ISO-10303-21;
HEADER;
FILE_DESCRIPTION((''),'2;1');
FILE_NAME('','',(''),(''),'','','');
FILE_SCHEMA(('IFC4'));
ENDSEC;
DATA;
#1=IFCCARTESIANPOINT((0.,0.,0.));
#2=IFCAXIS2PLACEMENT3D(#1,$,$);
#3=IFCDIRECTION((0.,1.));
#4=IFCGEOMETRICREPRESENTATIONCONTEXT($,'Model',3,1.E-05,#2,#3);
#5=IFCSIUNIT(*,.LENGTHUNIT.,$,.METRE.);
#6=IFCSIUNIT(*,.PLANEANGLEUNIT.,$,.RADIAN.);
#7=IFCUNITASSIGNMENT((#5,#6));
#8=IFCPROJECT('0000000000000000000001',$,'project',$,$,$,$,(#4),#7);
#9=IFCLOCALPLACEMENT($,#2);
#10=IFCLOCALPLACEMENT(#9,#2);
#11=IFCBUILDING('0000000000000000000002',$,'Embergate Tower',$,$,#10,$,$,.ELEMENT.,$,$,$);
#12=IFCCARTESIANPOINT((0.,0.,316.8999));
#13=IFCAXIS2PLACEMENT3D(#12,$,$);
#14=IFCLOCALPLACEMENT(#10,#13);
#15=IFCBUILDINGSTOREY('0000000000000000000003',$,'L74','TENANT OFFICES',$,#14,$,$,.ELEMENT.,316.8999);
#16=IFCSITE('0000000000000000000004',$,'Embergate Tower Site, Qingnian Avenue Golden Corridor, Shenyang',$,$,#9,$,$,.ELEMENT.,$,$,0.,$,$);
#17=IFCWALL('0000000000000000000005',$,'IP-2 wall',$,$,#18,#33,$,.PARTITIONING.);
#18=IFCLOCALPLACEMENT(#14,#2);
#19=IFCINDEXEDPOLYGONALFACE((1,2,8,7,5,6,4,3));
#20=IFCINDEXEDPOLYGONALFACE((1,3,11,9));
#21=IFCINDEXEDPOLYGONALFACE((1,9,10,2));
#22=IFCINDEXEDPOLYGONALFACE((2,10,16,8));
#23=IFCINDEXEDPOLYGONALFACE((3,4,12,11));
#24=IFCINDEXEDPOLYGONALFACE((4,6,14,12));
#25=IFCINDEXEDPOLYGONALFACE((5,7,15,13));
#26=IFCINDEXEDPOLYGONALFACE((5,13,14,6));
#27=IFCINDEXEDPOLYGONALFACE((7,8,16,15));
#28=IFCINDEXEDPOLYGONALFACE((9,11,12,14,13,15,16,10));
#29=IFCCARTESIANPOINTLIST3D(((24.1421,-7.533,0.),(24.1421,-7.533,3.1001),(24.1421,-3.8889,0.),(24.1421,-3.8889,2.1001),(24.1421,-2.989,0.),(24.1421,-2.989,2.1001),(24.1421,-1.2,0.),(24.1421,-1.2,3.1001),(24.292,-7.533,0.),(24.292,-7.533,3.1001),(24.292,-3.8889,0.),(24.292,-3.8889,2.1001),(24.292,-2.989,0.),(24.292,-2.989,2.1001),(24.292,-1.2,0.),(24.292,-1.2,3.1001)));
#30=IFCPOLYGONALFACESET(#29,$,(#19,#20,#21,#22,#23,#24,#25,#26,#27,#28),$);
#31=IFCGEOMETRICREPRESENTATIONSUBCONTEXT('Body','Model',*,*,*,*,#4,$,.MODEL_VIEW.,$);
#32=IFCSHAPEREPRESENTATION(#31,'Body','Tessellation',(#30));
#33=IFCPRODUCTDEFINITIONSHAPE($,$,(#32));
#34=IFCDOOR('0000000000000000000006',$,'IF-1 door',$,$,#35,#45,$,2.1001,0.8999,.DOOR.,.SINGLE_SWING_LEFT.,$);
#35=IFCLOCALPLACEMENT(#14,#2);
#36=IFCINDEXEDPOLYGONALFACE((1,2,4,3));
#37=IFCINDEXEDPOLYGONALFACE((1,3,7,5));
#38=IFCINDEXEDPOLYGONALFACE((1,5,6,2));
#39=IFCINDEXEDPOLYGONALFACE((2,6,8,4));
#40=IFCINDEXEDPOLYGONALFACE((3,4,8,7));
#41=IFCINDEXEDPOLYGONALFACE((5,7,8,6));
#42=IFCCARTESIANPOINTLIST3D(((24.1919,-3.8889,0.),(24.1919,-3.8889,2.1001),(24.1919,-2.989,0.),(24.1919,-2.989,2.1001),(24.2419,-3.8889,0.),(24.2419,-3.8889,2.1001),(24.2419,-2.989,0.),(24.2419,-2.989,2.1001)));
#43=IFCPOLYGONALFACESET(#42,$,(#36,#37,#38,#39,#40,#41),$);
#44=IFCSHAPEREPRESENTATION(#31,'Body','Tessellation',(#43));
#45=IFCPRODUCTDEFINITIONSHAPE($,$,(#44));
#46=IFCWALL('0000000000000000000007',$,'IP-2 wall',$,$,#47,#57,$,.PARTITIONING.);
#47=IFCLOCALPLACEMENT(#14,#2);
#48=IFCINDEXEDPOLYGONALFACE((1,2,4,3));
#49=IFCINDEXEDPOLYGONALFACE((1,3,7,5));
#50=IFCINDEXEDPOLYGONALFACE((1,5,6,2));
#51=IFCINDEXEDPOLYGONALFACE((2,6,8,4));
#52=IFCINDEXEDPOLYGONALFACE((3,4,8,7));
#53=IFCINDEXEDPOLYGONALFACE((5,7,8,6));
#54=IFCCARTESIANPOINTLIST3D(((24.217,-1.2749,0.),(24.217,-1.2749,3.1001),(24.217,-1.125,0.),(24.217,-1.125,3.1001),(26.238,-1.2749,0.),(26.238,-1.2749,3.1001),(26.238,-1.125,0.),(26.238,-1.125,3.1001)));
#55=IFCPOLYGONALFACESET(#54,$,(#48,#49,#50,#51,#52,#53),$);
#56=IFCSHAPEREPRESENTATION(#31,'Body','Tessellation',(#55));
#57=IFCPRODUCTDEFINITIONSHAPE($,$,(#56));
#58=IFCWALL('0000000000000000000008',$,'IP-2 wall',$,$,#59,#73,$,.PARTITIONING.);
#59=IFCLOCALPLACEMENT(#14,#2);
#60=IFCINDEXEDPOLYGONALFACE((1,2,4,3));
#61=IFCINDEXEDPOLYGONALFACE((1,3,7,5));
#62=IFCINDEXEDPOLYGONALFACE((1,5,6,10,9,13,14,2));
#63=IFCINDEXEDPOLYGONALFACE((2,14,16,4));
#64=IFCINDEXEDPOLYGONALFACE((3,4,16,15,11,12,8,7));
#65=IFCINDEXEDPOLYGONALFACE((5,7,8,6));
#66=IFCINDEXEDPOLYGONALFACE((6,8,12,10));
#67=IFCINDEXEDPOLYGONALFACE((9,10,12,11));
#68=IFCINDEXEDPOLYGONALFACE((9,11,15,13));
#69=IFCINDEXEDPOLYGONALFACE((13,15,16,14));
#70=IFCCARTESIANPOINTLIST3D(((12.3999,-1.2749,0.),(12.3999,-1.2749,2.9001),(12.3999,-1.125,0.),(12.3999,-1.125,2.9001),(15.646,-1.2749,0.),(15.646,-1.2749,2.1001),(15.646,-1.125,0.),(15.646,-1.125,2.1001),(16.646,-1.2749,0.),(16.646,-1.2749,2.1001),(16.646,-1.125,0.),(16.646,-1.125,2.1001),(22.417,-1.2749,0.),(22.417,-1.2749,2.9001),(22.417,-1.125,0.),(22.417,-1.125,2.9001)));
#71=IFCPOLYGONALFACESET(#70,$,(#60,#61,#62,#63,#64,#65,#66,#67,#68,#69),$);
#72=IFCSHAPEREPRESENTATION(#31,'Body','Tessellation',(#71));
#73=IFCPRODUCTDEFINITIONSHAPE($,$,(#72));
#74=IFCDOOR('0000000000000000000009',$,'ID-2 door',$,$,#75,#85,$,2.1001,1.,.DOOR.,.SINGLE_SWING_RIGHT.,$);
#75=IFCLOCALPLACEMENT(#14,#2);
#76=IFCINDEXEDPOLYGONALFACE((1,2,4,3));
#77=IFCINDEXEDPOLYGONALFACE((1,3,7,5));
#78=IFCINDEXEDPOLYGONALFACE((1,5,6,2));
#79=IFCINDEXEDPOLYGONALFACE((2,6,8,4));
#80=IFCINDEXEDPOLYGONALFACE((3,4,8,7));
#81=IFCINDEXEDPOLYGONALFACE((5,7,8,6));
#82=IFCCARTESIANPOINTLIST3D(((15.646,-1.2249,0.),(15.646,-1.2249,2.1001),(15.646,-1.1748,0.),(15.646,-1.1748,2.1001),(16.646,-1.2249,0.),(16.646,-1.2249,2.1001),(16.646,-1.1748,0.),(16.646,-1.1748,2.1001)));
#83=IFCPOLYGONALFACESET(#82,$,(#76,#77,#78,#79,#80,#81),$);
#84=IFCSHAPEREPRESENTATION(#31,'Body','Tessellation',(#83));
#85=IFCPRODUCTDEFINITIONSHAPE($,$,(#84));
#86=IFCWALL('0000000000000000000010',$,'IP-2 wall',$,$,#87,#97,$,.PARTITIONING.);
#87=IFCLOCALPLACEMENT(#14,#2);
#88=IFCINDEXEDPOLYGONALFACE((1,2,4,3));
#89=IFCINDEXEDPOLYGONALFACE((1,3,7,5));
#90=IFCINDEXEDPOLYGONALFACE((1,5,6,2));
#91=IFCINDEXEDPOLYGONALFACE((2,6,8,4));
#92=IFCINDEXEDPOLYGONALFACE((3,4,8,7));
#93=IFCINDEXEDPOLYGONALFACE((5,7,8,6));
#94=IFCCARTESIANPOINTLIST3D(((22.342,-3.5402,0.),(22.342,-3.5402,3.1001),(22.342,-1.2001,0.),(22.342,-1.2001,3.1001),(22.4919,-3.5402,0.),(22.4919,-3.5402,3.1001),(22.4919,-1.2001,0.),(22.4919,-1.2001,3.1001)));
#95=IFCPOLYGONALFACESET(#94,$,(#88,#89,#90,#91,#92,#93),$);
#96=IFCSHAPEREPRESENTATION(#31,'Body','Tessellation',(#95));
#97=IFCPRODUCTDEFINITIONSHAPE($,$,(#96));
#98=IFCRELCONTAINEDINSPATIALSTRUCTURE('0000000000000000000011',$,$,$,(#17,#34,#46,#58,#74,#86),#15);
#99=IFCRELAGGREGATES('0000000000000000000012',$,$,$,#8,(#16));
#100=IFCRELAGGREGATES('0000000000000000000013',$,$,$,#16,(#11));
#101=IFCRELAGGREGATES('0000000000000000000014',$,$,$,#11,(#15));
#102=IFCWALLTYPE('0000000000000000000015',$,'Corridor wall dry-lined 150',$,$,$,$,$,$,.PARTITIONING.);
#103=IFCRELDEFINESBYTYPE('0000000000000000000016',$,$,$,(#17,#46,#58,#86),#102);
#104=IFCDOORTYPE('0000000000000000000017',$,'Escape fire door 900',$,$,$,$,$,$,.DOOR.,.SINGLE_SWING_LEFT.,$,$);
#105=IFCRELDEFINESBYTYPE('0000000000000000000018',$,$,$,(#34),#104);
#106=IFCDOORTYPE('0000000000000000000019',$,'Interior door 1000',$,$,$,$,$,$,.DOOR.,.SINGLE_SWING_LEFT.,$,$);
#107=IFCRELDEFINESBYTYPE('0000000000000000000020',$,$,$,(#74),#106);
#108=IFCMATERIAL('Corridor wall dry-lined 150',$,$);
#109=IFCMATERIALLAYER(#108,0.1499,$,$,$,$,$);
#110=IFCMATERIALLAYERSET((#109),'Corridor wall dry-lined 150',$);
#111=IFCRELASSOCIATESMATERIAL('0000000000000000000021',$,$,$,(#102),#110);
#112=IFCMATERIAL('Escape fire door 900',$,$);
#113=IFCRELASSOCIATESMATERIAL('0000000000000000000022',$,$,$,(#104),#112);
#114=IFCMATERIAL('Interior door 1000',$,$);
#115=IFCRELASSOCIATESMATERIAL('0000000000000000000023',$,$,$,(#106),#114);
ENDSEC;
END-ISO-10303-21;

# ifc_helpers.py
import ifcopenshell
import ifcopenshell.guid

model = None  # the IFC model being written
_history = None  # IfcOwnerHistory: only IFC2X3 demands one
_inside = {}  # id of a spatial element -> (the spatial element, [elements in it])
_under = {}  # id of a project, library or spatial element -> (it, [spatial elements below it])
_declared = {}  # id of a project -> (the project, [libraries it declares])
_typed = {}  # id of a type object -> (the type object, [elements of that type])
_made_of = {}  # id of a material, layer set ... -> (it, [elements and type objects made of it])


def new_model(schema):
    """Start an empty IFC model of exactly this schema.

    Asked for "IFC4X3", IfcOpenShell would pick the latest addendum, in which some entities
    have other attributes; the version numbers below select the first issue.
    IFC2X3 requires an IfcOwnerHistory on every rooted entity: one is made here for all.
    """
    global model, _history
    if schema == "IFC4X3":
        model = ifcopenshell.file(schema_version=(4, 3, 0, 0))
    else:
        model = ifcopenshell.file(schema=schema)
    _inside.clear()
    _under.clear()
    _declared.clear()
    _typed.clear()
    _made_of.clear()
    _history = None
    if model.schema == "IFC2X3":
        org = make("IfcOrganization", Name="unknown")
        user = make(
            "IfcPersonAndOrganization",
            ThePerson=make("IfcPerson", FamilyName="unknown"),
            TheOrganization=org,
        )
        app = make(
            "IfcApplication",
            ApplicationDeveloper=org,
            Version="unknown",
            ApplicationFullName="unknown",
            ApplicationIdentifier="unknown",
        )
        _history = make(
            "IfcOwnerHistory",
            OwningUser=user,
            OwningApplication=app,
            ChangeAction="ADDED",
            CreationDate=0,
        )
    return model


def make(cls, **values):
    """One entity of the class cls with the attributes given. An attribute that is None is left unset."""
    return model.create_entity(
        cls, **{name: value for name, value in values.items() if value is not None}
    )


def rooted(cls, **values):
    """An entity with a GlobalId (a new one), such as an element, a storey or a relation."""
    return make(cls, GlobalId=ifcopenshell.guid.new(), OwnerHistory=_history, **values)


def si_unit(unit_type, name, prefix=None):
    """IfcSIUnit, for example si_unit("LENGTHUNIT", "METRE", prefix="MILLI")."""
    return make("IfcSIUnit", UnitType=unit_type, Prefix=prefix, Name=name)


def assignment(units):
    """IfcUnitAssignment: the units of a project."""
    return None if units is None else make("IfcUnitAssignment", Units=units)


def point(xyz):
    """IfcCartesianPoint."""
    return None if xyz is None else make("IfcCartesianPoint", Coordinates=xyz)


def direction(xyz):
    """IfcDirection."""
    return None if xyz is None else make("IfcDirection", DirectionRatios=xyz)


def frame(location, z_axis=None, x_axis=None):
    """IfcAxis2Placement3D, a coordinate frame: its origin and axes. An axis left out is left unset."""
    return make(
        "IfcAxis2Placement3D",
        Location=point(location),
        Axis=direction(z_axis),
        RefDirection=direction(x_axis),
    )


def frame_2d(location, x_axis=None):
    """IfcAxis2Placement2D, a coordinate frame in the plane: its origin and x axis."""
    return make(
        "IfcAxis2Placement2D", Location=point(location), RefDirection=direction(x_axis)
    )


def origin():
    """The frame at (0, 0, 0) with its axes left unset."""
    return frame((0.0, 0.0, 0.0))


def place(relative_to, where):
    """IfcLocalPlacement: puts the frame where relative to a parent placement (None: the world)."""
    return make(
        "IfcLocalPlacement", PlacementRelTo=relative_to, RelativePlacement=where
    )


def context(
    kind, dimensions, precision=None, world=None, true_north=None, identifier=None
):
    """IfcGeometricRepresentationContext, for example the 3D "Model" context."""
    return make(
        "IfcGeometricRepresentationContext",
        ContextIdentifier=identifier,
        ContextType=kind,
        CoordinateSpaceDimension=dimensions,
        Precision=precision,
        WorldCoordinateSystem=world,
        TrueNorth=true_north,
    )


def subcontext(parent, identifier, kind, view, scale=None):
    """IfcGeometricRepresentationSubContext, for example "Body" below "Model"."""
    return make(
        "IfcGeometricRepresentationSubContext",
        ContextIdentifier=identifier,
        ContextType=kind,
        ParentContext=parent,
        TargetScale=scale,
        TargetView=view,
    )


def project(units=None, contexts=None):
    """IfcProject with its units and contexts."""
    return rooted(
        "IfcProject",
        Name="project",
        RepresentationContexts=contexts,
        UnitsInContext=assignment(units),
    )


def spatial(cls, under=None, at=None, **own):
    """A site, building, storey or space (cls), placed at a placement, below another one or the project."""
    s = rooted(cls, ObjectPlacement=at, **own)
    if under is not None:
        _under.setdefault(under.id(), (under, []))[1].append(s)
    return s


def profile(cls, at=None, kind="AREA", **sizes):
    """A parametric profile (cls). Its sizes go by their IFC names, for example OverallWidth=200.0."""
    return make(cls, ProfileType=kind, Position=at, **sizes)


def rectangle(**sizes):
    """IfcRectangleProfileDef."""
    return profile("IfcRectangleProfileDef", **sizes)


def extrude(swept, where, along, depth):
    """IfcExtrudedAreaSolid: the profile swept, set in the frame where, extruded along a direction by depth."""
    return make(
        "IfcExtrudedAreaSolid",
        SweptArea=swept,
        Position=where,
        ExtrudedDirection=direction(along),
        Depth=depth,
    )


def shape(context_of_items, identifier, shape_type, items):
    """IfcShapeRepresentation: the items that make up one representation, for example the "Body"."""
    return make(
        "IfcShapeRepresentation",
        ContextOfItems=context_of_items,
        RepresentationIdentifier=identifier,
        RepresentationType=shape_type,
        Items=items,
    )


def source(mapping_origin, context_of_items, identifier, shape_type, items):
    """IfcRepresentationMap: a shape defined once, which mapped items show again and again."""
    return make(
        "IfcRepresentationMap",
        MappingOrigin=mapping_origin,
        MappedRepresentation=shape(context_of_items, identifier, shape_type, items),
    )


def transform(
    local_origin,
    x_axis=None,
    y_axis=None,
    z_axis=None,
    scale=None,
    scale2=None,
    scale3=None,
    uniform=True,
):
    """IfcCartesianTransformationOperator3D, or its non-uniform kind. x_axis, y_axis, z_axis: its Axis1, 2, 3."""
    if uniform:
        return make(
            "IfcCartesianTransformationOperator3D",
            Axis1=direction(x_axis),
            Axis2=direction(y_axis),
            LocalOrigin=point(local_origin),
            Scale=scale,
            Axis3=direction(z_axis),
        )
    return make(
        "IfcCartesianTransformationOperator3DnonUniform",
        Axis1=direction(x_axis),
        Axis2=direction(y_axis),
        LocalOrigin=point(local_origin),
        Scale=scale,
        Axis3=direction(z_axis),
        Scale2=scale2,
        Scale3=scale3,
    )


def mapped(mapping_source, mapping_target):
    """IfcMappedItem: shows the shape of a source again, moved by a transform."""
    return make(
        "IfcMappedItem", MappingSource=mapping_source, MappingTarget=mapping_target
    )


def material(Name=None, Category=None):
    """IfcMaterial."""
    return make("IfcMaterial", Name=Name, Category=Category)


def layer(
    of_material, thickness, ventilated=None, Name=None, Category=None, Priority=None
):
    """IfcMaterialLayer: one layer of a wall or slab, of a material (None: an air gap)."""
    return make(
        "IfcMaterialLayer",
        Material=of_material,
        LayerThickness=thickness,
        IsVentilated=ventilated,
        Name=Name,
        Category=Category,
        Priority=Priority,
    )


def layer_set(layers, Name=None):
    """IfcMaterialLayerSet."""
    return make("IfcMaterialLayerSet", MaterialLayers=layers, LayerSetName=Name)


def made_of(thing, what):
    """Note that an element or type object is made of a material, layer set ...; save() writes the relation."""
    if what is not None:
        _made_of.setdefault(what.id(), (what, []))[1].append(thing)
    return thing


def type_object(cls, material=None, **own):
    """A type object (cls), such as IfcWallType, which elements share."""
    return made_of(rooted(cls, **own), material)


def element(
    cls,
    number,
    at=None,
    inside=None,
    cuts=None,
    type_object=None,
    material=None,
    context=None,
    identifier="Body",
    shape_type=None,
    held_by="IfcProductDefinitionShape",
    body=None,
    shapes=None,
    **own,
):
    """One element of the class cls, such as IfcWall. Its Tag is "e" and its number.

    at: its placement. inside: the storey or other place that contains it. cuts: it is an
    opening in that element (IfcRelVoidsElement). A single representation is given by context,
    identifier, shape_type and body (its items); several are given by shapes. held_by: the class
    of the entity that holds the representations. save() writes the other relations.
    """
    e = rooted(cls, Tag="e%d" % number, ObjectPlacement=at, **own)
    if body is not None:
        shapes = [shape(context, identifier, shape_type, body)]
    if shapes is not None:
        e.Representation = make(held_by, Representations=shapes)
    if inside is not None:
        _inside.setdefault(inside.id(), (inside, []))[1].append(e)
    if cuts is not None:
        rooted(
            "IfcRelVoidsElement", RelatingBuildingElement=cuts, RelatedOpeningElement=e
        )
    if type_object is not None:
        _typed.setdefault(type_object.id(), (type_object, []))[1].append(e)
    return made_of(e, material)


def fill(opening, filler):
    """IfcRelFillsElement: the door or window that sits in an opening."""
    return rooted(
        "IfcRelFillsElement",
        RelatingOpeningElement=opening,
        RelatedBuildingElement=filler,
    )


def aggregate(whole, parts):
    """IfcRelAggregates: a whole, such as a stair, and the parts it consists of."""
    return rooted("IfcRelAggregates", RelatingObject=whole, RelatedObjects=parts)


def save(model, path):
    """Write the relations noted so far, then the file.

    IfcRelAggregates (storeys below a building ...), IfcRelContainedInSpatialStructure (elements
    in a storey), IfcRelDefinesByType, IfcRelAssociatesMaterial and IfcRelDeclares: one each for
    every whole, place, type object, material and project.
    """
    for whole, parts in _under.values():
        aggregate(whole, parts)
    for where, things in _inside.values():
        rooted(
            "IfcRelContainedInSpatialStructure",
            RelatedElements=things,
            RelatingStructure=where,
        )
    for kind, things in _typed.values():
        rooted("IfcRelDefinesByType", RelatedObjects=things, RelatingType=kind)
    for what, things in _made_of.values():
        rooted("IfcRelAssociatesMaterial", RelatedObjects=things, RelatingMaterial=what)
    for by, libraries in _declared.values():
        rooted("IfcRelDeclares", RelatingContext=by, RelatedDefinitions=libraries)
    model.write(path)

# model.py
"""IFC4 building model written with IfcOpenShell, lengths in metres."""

from ifc_helpers import new_model, si_unit, direction, frame, frame_2d, origin, place, context, subcontext, project, spatial, rectangle, extrude, source, transform, mapped, material, layer, layer_set, type_object, element, fill, save


model = new_model("IFC4")

# Units and contexts
model_context = context("Model", 3, precision=1e-05, world=origin(), true_north=direction((0.0, 1.0)))
body_context = subcontext(model_context, "Body", "Model", "MODEL_VIEW")
ifc_project = project(units=[si_unit("LENGTHUNIT", "METRE"), si_unit("PLANEANGLEUNIT", "RADIAN")], contexts=[model_context])

# Site, building, storey
site_placement = place(None, origin())
site = spatial("IfcSite", under=ifc_project, at=site_placement, Name="Embergate Tower Site, Qingnian Avenue Golden Corridor, Shenyang", CompositionType="ELEMENT", RefElevation=0.0)
building_placement = place(site_placement, origin())
building = spatial("IfcBuilding", under=site, at=building_placement, Name="Embergate Tower", CompositionType="ELEMENT")
storey_placement = place(building_placement, frame((0.0, 0.0, 316.8999)))
storey = spatial("IfcBuildingStorey", under=building, at=storey_placement, Name="L74", Description="TENANT OFFICES", CompositionType="ELEMENT", Elevation=316.8999)

# Wall, opening, door
ifc_material_1 = material(Name="Corridor wall dry-lined 150")
ifc_layer_1 = layer(ifc_material_1, 0.1499)
ifc_layer_set_1 = layer_set([ifc_layer_1], Name="Corridor wall dry-lined 150")
wall_type = type_object("IfcWallType", Name="Corridor wall dry-lined 150", PredefinedType="PARTITIONING", material=ifc_layer_set_1)
shared_shape_1 = source(origin(), body_context, "Body", "SweptSolid", [
    extrude(rectangle(XDim=6.333, YDim=0.1499, at=frame_2d((3.1665, 0.0))), origin(), (0.0, 0.0, 1.0), 3.1001),
])
wall_1_placement = place(storey_placement, frame((24.217, -1.2, 0.0), z_axis=(0.0, 0.0, 1.0), x_axis=(0.0, -1.0, 0.0)))
wall_1 = element("IfcWall", 1, at=wall_1_placement, inside=storey, type_object=wall_type, Name="IP-2 wall", PredefinedType="PARTITIONING", context=body_context, shape_type="MappedRepresentation", body=[
    mapped(shared_shape_1, transform((0.0, 0.0, 0.0))),
])
shared_shape_2 = source(origin(), body_context, "Body", "SweptSolid", [
    extrude(rectangle(XDim=0.8999, YDim=2.1001, at=frame_2d((0.45, 1.05))), frame((0.0, 0.085, 0.0), z_axis=(0.0, -1.0, 0.0), x_axis=(1.0, 0.0, 0.0)), (0.0, 0.0, 1.0), 0.1699),
])
opening_1_placement = place(wall_1_placement, frame((1.7891, 0.0, 0.0)))
opening_1 = element("IfcOpeningElement", 2, at=opening_1_placement, cuts=wall_1, PredefinedType="OPENING", context=body_context, shape_type="MappedRepresentation", body=[
    mapped(shared_shape_2, transform((0.0, 0.0, 0.0))),
])
ifc_material_2 = material(Name="Escape fire door 900")
door_type_1 = type_object("IfcDoorType", Name="Escape fire door 900", OperationType="SINGLE_SWING_LEFT", PredefinedType="DOOR", material=ifc_material_2)
shared_shape_3 = source(origin(), body_context, "Body", "SweptSolid", [
    extrude(rectangle(XDim=0.8999, YDim=2.1001, at=frame_2d((0.45, 1.05))), frame((0.0, 0.0249, 0.0), z_axis=(0.0, -1.0, 0.0), x_axis=(1.0, 0.0, 0.0)), (0.0, 0.0, 1.0), 0.05),
])
door_1_placement = place(opening_1_placement, origin())
door_1 = element("IfcDoor", 3, at=door_1_placement, inside=storey, type_object=door_type_1, Name="IF-1 door", OperationType="SINGLE_SWING_LEFT", OverallHeight=2.1001, OverallWidth=0.8999, PredefinedType="DOOR", context=body_context, shape_type="MappedRepresentation", body=[
    mapped(shared_shape_3, transform((0.0, 0.0, 0.0))),
])
fill(opening_1, door_1)

# Wall
shared_shape_4 = source(origin(), body_context, "Body", "SweptSolid", [
    extrude(rectangle(XDim=2.021, YDim=0.1499, at=frame_2d((1.0105, 0.0))), origin(), (0.0, 0.0, 1.0), 3.1001),
])
wall_2_placement = place(storey_placement, frame((26.238, -1.2, 0.0), z_axis=(0.0, 0.0, 1.0), x_axis=(-1.0, 0.0, 0.0)))
element("IfcWall", 4, at=wall_2_placement, inside=storey, type_object=wall_type, Name="IP-2 wall", PredefinedType="PARTITIONING", context=body_context, shape_type="MappedRepresentation", body=[
    mapped(shared_shape_4, transform((0.0, 0.0, 0.0))),
])

# Wall, opening, door
shared_shape_5 = source(origin(), body_context, "Body", "SweptSolid", [
    extrude(rectangle(XDim=10.0171, YDim=0.1499, at=frame_2d((5.0085, 0.0))), origin(), (0.0, 0.0, 1.0), 2.9001),
])
wall_3_placement = place(storey_placement, frame((22.417, -1.2, 0.0), z_axis=(0.0, 0.0, 1.0), x_axis=(-1.0, 0.0, 0.0)))
wall_3 = element("IfcWall", 5, at=wall_3_placement, inside=storey, type_object=wall_type, Name="IP-2 wall", PredefinedType="PARTITIONING", context=body_context, shape_type="MappedRepresentation", body=[
    mapped(shared_shape_5, transform((0.0, 0.0, 0.0))),
])
shared_shape_6 = source(origin(), body_context, "Body", "SweptSolid", [
    extrude(rectangle(XDim=1.0, YDim=2.1001, at=frame_2d((0.5, 1.05))), frame((0.0, 0.085, 0.0), z_axis=(0.0, -1.0, 0.0), x_axis=(1.0, 0.0, 0.0)), (0.0, 0.0, 1.0), 0.1699),
])
opening_2_placement = place(wall_3_placement, frame((5.771, 0.0, 0.0)))
opening_2 = element("IfcOpeningElement", 6, at=opening_2_placement, cuts=wall_3, PredefinedType="OPENING", context=body_context, shape_type="MappedRepresentation", body=[
    mapped(shared_shape_6, transform((0.0, 0.0, 0.0))),
])
ifc_material_3 = material(Name="Interior door 1000")
door_type_2 = type_object("IfcDoorType", Name="Interior door 1000", OperationType="SINGLE_SWING_LEFT", PredefinedType="DOOR", material=ifc_material_3)
shared_shape_7 = source(origin(), body_context, "Body", "SweptSolid", [
    extrude(rectangle(XDim=1.0, YDim=2.1001, at=frame_2d((0.5, 1.05))), frame((0.0, 0.0249, 0.0), z_axis=(0.0, -1.0, 0.0), x_axis=(1.0, 0.0, 0.0)), (0.0, 0.0, 1.0), 0.05),
])
door_2_placement = place(opening_2_placement, origin())
door_2 = element("IfcDoor", 7, at=door_2_placement, inside=storey, type_object=door_type_2, Name="ID-2 door", OperationType="SINGLE_SWING_RIGHT", OverallHeight=2.1001, OverallWidth=1.0, PredefinedType="DOOR", context=body_context, shape_type="MappedRepresentation", body=[
    mapped(shared_shape_7, transform((0.0, 0.0, 0.0))),
])
fill(opening_2, door_2)

# Wall
shared_shape_8 = source(origin(), body_context, "Body", "SweptSolid", [
    extrude(rectangle(XDim=2.3401, YDim=0.1499, at=frame_2d((1.1699, 0.0))), origin(), (0.0, 0.0, 1.0), 3.1001),
])
wall_4_placement = place(storey_placement, frame((22.417, -3.54, 0.0), z_axis=(0.0, 0.0, 1.0), x_axis=(0.0, 1.0, 0.0)))
element("IfcWall", 8, at=wall_4_placement, inside=storey, type_object=wall_type, Name="IP-2 wall", PredefinedType="PARTITIONING", context=body_context, shape_type="MappedRepresentation", body=[
    mapped(shared_shape_8, transform((0.0, 0.0, 0.0))),
])

save(model, "model.ifc")
